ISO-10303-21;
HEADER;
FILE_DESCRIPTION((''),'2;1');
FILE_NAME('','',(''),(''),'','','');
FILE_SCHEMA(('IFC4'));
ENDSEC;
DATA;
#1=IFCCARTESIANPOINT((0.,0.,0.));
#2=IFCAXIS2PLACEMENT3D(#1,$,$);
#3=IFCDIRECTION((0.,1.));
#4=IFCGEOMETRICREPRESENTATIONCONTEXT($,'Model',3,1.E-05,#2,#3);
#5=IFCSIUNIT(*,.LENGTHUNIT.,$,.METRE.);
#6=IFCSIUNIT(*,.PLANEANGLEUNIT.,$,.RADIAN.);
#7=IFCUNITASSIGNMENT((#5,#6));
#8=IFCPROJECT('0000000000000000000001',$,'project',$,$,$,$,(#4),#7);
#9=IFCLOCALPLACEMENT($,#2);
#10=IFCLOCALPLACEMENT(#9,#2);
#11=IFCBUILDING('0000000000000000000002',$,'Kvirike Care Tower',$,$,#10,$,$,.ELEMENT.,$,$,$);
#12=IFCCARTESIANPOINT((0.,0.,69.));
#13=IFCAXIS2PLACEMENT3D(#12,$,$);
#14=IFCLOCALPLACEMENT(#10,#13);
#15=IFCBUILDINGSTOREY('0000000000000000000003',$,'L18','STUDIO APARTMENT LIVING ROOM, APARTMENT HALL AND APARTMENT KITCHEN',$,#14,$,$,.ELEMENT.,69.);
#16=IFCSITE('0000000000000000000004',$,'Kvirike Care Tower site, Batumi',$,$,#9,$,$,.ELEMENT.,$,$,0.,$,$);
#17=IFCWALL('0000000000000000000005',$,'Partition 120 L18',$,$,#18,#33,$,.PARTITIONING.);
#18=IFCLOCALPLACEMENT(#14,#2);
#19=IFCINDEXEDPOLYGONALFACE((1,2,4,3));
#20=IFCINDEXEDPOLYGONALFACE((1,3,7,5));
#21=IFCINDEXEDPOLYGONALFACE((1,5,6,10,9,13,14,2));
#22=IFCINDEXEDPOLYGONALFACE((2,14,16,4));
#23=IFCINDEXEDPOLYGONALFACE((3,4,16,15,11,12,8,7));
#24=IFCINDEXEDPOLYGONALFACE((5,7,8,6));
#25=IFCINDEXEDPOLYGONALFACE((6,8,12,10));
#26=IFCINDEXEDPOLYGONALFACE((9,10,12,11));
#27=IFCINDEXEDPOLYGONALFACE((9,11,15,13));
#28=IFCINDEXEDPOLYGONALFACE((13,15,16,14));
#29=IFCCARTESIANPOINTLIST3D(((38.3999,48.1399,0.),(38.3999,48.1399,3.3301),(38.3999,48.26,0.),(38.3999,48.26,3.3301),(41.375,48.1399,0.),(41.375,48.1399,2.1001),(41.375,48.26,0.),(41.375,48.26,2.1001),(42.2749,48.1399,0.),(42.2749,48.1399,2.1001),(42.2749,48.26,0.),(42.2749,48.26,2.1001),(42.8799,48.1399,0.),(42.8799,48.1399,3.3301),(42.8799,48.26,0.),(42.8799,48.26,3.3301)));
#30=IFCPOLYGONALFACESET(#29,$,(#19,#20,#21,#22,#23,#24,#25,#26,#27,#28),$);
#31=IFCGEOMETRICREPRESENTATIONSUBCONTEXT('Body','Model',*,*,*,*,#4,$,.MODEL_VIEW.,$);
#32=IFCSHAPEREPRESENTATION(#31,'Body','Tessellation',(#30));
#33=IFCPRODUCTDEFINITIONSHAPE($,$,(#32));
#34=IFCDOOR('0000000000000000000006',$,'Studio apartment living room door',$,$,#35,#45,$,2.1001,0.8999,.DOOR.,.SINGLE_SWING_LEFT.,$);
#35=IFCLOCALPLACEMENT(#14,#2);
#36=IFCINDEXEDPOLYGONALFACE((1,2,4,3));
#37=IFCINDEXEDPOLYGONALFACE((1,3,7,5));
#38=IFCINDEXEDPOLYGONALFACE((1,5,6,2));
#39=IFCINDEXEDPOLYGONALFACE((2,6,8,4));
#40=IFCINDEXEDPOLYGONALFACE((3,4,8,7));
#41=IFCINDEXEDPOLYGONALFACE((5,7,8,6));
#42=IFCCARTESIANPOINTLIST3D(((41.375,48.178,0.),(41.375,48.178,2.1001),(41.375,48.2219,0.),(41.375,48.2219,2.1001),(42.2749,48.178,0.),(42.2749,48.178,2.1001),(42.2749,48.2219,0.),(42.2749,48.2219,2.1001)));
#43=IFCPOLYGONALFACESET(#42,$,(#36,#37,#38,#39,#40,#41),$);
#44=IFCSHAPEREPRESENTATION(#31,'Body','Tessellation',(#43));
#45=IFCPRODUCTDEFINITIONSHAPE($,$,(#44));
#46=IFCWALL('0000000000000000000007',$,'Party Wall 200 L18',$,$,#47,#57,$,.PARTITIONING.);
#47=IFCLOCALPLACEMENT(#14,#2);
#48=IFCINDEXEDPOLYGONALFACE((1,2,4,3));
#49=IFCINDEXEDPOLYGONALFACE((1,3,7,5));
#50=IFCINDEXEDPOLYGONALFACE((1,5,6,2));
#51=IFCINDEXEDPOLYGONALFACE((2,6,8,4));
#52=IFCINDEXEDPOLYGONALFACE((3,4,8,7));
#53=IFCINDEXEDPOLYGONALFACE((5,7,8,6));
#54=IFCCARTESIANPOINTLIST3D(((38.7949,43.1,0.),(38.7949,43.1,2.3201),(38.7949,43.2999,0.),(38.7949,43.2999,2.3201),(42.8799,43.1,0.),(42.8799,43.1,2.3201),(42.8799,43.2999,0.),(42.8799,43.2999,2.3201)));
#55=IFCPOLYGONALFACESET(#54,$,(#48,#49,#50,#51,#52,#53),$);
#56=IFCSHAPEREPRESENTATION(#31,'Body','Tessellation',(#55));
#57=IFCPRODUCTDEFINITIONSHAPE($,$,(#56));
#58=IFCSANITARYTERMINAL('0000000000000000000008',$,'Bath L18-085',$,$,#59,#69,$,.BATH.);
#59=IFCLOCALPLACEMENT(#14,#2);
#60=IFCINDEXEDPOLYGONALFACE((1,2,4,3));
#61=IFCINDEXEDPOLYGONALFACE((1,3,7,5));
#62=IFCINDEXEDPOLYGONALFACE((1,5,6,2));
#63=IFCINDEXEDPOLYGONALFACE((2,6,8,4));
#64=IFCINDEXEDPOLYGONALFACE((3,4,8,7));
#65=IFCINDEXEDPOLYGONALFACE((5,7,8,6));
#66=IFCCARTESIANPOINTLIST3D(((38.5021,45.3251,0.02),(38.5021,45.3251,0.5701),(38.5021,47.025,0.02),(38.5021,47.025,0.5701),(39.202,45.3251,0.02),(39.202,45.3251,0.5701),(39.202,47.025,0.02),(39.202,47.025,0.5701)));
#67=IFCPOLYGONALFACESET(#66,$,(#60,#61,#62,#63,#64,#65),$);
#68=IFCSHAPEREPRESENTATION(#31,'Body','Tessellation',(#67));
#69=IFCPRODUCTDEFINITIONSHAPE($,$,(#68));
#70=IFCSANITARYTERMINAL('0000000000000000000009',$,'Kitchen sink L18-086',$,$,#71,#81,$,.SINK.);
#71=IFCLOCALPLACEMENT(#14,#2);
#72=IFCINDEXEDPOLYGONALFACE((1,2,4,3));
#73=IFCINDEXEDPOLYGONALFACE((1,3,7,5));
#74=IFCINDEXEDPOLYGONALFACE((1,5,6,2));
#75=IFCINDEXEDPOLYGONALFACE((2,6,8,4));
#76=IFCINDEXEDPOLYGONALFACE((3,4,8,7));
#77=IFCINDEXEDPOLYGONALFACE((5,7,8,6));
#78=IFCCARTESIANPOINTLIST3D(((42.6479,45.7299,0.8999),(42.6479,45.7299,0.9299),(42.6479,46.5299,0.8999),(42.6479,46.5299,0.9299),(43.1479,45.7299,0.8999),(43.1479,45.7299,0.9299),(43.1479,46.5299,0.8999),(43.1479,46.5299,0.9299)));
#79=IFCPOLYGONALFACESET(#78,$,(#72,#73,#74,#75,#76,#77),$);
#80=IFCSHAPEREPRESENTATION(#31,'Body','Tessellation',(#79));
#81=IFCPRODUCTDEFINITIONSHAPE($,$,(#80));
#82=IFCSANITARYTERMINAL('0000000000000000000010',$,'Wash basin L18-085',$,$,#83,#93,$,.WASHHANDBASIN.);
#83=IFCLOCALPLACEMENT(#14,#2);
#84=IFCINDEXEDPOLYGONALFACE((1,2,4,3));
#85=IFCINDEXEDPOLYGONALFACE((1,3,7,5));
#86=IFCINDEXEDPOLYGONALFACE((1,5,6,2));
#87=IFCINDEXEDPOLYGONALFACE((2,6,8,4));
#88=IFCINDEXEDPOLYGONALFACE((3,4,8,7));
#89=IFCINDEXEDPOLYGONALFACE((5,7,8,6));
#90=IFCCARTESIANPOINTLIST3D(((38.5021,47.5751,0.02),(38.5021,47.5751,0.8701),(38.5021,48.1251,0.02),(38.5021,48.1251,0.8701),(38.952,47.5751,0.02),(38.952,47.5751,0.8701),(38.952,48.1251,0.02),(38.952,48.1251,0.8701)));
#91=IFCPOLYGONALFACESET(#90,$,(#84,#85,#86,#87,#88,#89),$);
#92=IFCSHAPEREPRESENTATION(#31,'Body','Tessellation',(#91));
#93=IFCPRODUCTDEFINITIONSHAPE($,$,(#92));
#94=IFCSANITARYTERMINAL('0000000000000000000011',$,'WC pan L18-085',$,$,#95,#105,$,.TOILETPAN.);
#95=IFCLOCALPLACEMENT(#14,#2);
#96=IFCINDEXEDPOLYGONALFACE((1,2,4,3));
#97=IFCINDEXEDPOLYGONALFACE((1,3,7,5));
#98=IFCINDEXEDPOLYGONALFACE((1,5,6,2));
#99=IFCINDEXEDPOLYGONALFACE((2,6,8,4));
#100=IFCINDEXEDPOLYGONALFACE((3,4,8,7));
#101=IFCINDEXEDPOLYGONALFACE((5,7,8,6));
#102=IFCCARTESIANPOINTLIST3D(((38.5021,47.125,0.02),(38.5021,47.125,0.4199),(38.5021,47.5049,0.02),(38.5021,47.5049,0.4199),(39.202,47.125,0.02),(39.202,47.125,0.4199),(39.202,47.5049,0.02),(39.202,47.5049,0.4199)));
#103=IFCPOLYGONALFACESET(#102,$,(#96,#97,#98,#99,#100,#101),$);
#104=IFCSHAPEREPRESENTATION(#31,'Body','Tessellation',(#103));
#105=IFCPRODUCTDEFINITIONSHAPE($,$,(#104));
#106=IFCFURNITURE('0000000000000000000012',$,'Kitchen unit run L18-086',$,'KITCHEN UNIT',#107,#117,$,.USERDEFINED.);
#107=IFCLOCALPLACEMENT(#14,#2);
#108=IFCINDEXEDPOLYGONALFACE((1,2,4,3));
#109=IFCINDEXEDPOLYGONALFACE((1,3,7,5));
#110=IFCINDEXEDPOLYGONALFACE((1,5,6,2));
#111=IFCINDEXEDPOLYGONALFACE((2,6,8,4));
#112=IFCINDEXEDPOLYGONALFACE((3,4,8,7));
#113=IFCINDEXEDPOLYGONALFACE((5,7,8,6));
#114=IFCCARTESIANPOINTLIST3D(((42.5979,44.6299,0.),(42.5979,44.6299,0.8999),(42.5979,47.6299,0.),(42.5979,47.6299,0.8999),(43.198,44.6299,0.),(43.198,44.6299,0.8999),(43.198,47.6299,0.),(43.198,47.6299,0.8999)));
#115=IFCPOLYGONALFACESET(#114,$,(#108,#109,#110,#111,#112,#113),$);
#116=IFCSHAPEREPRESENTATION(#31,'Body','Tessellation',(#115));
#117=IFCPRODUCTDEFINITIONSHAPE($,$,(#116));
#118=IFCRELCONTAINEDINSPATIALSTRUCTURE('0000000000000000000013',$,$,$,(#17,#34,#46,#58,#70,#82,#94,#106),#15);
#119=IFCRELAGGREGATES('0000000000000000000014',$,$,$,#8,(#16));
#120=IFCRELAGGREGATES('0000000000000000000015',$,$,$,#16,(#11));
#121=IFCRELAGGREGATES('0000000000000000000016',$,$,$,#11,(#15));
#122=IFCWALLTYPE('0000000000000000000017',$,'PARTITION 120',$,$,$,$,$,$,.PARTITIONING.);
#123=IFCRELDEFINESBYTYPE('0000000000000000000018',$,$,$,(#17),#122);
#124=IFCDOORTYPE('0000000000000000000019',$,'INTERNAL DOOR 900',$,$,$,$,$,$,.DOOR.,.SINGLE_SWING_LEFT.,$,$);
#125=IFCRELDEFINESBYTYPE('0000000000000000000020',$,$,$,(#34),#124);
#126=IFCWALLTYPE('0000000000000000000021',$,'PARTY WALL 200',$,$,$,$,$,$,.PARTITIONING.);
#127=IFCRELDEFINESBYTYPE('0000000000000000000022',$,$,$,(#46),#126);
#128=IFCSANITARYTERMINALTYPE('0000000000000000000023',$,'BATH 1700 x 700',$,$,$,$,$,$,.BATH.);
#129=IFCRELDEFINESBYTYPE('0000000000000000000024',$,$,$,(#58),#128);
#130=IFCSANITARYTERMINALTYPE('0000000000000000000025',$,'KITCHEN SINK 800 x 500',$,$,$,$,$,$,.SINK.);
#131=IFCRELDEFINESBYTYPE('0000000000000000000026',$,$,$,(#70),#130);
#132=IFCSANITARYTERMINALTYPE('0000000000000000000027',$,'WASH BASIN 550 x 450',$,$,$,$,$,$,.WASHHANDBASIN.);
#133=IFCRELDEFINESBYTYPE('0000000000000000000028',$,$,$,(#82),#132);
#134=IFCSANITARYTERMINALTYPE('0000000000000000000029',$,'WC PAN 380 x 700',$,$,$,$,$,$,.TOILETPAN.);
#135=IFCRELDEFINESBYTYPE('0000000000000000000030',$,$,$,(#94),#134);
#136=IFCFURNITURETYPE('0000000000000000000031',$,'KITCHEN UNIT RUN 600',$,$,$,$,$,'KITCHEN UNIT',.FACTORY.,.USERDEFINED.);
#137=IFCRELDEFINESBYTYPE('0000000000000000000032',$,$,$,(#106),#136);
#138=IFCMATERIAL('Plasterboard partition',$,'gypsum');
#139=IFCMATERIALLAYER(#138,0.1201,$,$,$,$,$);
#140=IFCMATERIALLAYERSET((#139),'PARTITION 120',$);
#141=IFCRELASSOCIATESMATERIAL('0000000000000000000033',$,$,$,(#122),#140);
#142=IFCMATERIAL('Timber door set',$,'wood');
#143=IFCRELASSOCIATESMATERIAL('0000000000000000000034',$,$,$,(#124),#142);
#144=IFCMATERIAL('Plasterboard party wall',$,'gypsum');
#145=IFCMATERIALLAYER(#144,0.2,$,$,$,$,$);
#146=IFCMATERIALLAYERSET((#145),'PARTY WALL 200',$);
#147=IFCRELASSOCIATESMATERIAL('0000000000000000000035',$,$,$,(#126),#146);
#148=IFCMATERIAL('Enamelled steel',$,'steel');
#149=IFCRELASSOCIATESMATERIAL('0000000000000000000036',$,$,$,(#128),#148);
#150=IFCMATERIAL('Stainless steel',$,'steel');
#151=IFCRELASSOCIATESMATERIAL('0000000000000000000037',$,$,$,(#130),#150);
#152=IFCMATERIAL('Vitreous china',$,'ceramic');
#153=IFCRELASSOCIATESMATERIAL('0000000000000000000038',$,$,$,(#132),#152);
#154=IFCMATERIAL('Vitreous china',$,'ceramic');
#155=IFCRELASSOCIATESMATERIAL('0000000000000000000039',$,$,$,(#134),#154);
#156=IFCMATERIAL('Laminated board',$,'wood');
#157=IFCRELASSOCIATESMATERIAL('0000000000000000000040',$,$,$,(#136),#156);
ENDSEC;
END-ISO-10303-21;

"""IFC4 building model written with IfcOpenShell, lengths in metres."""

from ifc_helpers import new_model, si_unit, direction, frame, frame_2d, origin, origin_2d, place, context, subcontext, project, spatial, rectangle, extrude, material, layer, layer_set, type_object, element, fill, save


model = new_model("IFC4")

# Units and contexts
model_context = context("Model", 3, precision=1e-05, world=origin(), true_north=direction((0.0, 1.0)))
body_context = subcontext(model_context, "Body", "Model", "MODEL_VIEW")
ifc_project = project(units=[si_unit("LENGTHUNIT", "METRE"), si_unit("PLANEANGLEUNIT", "RADIAN")], contexts=[model_context])

# Site, building, storey
site_placement = place(None, origin())
site = spatial("IfcSite", under=ifc_project, at=site_placement, Name="Kvirike Care Tower site, Batumi", CompositionType="ELEMENT", RefElevation=0.0)
building_placement = place(site_placement, origin())
building = spatial("IfcBuilding", under=site, at=building_placement, Name="Kvirike Care Tower", CompositionType="ELEMENT")
storey_placement = place(building_placement, frame((0.0, 0.0, 69.0)))
storey = spatial("IfcBuildingStorey", under=building, at=storey_placement, Name="L18", Description="STUDIO APARTMENT LIVING ROOM, APARTMENT HALL AND APARTMENT KITCHEN", CompositionType="ELEMENT", Elevation=69.0)

# Wall, opening, door
ifc_material_1 = material(Name="Plasterboard partition", Category="gypsum")
ifc_layer_1 = layer(ifc_material_1, 0.1201)
ifc_layer_set_1 = layer_set([ifc_layer_1], Name="PARTITION 120")
wall_type_1 = type_object("IfcWallType", Name="PARTITION 120", PredefinedType="PARTITIONING", material=ifc_layer_set_1)
wall_1_placement = place(storey_placement, frame((42.8799, 48.2, 0.0), z_axis=(0.0, 0.0, 1.0), x_axis=(-1.0, 0.0, 0.0)))
wall_1 = element("IfcWall", 1, at=wall_1_placement, inside=storey, type_object=wall_type_1, Name="Partition 120 L18", PredefinedType="PARTITIONING", context=body_context, shape_type="SweptSolid", body=[
    extrude(rectangle(XDim=4.48, YDim=0.1201, at=frame_2d((2.24, 0.0))), origin(), (0.0, 0.0, 1.0), 3.3301),
])
opening_1_placement = place(wall_1_placement, frame((0.605, 0.0, 0.0)))
opening_1 = element("IfcOpeningElement", 2, at=opening_1_placement, cuts=wall_1, PredefinedType="OPENING", context=body_context, shape_type="SweptSolid", body=[
    extrude(rectangle(XDim=0.8999, YDim=2.1001, at=frame_2d((0.45, 1.05))), frame((0.0, 0.0706, 0.0), z_axis=(0.0, -1.0, 0.0), x_axis=(1.0, 0.0, 0.0)), (0.0, 0.0, 1.0), 0.1411),
])
ifc_material_2 = material(Name="Timber door set", Category="wood")
door_type_1 = type_object("IfcDoorType", Name="INTERNAL DOOR 900", OperationType="SINGLE_SWING_LEFT", PredefinedType="DOOR", material=ifc_material_2)
door_1_placement = place(opening_1_placement, origin())
door_1 = element("IfcDoor", 3, at=door_1_placement, inside=storey, type_object=door_type_1, Name="Studio apartment living room door", OperationType="SINGLE_SWING_LEFT", OverallHeight=2.1001, OverallWidth=0.8999, PredefinedType="DOOR", context=body_context, shape_type="SweptSolid", body=[
    extrude(rectangle(XDim=0.8999, YDim=2.1001, at=frame_2d((0.45, 1.05))), frame((0.0, 0.022, 0.0), z_axis=(0.0, -1.0, 0.0), x_axis=(1.0, 0.0, 0.0)), (0.0, 0.0, 1.0), 0.0439),
])
fill(opening_1, door_1)

# Wall
ifc_material_3 = material(Name="Plasterboard party wall", Category="gypsum")
ifc_layer_2 = layer(ifc_material_3, 0.2)
ifc_layer_set_2 = layer_set([ifc_layer_2], Name="PARTY WALL 200")
wall_type_2 = type_object("IfcWallType", Name="PARTY WALL 200", PredefinedType="PARTITIONING", material=ifc_layer_set_2)
wall_2_placement = place(storey_placement, frame((42.8799, 43.2, 0.0), z_axis=(0.0, 0.0, 1.0), x_axis=(-1.0, 0.0, 0.0)))
element("IfcWall", 4, at=wall_2_placement, inside=storey, type_object=wall_type_2, Name="Party Wall 200 L18", PredefinedType="PARTITIONING", context=body_context, shape_type="SweptSolid", body=[
    extrude(rectangle(XDim=4.085, YDim=0.2, at=frame_2d((2.0425, 0.0))), origin(), (0.0, 0.0, 1.0), 2.3201),
])

# Sanitary terminals
ifc_material_4 = material(Name="Enamelled steel", Category="steel")
sanitary_terminal_type_1 = type_object("IfcSanitaryTerminalType", Name="BATH 1700 x 700", PredefinedType="BATH", material=ifc_material_4)
sanitary_terminal_1_placement = place(storey_placement, frame((38.8521, 46.175, 0.02), z_axis=(0.0, 0.0, 1.0), x_axis=(0.0, 1.0, 0.0)))
element("IfcSanitaryTerminal", 5, at=sanitary_terminal_1_placement, inside=storey, type_object=sanitary_terminal_type_1, Name="Bath L18-085", PredefinedType="BATH", context=body_context, shape_type="SweptSolid", body=[
    extrude(rectangle(XDim=1.7, YDim=0.7, at=origin_2d()), origin(), (0.0, 0.0, 1.0), 0.55),
])
ifc_material_5 = material(Name="Stainless steel", Category="steel")
sanitary_terminal_type_2 = type_object("IfcSanitaryTerminalType", Name="KITCHEN SINK 800 x 500", PredefinedType="SINK", material=ifc_material_5)
sanitary_terminal_2_placement = place(storey_placement, frame((42.8979, 46.1299, 0.8999), z_axis=(0.0, 0.0, 1.0), x_axis=(0.0, -1.0, 0.0)))
element("IfcSanitaryTerminal", 6, at=sanitary_terminal_2_placement, inside=storey, type_object=sanitary_terminal_type_2, Name="Kitchen sink L18-086", PredefinedType="SINK", context=body_context, shape_type="SweptSolid", body=[
    extrude(rectangle(XDim=0.8, YDim=0.5, at=origin_2d()), origin(), (0.0, 0.0, 1.0), 0.03),
])
ifc_material_6 = material(Name="Vitreous china", Category="ceramic")
sanitary_terminal_type_3 = type_object("IfcSanitaryTerminalType", Name="WASH BASIN 550 x 450", PredefinedType="WASHHANDBASIN", material=ifc_material_6)
sanitary_terminal_3_placement = place(storey_placement, frame((38.7271, 47.8501, 0.02), z_axis=(0.0, 0.0, 1.0), x_axis=(0.0, 1.0, 0.0)))
element("IfcSanitaryTerminal", 7, at=sanitary_terminal_3_placement, inside=storey, type_object=sanitary_terminal_type_3, Name="Wash basin L18-085", PredefinedType="WASHHANDBASIN", context=body_context, shape_type="SweptSolid", body=[
    extrude(rectangle(XDim=0.55, YDim=0.45, at=origin_2d()), origin(), (0.0, 0.0, 1.0), 0.8501),
])
ifc_material_7 = material(Name="Vitreous china", Category="ceramic")
sanitary_terminal_type_4 = type_object("IfcSanitaryTerminalType", Name="WC PAN 380 x 700", PredefinedType="TOILETPAN", material=ifc_material_7)
sanitary_terminal_4_placement = place(storey_placement, frame((38.8521, 47.3149, 0.02), z_axis=(0.0, 0.0, 1.0), x_axis=(0.0, 1.0, 0.0)))
element("IfcSanitaryTerminal", 8, at=sanitary_terminal_4_placement, inside=storey, type_object=sanitary_terminal_type_4, Name="WC pan L18-085", PredefinedType="TOILETPAN", context=body_context, shape_type="SweptSolid", body=[
    extrude(rectangle(XDim=0.3799, YDim=0.7, at=origin_2d()), origin(), (0.0, 0.0, 1.0), 0.3999),
])

# Furniture
ifc_material_8 = material(Name="Laminated board", Category="wood")
furniture_type = type_object("IfcFurnitureType", Name="KITCHEN UNIT RUN 600", ElementType="KITCHEN UNIT", AssemblyPlace="FACTORY", PredefinedType="USERDEFINED", material=ifc_material_8)
furniture_placement = place(storey_placement, frame((42.8979, 46.1299, 0.0), z_axis=(0.0, 0.0, 1.0), x_axis=(0.0, -1.0, 0.0)))
element("IfcFurniture", 9, at=furniture_placement, inside=storey, type_object=furniture_type, Name="Kitchen unit run L18-086", ObjectType="KITCHEN UNIT", PredefinedType="USERDEFINED", context=body_context, shape_type="SweptSolid", body=[
    extrude(rectangle(XDim=3.0, YDim=0.6001, at=origin_2d()), origin(), (0.0, 0.0, 1.0), 0.8999),
])

save(model, "model.ifc")
